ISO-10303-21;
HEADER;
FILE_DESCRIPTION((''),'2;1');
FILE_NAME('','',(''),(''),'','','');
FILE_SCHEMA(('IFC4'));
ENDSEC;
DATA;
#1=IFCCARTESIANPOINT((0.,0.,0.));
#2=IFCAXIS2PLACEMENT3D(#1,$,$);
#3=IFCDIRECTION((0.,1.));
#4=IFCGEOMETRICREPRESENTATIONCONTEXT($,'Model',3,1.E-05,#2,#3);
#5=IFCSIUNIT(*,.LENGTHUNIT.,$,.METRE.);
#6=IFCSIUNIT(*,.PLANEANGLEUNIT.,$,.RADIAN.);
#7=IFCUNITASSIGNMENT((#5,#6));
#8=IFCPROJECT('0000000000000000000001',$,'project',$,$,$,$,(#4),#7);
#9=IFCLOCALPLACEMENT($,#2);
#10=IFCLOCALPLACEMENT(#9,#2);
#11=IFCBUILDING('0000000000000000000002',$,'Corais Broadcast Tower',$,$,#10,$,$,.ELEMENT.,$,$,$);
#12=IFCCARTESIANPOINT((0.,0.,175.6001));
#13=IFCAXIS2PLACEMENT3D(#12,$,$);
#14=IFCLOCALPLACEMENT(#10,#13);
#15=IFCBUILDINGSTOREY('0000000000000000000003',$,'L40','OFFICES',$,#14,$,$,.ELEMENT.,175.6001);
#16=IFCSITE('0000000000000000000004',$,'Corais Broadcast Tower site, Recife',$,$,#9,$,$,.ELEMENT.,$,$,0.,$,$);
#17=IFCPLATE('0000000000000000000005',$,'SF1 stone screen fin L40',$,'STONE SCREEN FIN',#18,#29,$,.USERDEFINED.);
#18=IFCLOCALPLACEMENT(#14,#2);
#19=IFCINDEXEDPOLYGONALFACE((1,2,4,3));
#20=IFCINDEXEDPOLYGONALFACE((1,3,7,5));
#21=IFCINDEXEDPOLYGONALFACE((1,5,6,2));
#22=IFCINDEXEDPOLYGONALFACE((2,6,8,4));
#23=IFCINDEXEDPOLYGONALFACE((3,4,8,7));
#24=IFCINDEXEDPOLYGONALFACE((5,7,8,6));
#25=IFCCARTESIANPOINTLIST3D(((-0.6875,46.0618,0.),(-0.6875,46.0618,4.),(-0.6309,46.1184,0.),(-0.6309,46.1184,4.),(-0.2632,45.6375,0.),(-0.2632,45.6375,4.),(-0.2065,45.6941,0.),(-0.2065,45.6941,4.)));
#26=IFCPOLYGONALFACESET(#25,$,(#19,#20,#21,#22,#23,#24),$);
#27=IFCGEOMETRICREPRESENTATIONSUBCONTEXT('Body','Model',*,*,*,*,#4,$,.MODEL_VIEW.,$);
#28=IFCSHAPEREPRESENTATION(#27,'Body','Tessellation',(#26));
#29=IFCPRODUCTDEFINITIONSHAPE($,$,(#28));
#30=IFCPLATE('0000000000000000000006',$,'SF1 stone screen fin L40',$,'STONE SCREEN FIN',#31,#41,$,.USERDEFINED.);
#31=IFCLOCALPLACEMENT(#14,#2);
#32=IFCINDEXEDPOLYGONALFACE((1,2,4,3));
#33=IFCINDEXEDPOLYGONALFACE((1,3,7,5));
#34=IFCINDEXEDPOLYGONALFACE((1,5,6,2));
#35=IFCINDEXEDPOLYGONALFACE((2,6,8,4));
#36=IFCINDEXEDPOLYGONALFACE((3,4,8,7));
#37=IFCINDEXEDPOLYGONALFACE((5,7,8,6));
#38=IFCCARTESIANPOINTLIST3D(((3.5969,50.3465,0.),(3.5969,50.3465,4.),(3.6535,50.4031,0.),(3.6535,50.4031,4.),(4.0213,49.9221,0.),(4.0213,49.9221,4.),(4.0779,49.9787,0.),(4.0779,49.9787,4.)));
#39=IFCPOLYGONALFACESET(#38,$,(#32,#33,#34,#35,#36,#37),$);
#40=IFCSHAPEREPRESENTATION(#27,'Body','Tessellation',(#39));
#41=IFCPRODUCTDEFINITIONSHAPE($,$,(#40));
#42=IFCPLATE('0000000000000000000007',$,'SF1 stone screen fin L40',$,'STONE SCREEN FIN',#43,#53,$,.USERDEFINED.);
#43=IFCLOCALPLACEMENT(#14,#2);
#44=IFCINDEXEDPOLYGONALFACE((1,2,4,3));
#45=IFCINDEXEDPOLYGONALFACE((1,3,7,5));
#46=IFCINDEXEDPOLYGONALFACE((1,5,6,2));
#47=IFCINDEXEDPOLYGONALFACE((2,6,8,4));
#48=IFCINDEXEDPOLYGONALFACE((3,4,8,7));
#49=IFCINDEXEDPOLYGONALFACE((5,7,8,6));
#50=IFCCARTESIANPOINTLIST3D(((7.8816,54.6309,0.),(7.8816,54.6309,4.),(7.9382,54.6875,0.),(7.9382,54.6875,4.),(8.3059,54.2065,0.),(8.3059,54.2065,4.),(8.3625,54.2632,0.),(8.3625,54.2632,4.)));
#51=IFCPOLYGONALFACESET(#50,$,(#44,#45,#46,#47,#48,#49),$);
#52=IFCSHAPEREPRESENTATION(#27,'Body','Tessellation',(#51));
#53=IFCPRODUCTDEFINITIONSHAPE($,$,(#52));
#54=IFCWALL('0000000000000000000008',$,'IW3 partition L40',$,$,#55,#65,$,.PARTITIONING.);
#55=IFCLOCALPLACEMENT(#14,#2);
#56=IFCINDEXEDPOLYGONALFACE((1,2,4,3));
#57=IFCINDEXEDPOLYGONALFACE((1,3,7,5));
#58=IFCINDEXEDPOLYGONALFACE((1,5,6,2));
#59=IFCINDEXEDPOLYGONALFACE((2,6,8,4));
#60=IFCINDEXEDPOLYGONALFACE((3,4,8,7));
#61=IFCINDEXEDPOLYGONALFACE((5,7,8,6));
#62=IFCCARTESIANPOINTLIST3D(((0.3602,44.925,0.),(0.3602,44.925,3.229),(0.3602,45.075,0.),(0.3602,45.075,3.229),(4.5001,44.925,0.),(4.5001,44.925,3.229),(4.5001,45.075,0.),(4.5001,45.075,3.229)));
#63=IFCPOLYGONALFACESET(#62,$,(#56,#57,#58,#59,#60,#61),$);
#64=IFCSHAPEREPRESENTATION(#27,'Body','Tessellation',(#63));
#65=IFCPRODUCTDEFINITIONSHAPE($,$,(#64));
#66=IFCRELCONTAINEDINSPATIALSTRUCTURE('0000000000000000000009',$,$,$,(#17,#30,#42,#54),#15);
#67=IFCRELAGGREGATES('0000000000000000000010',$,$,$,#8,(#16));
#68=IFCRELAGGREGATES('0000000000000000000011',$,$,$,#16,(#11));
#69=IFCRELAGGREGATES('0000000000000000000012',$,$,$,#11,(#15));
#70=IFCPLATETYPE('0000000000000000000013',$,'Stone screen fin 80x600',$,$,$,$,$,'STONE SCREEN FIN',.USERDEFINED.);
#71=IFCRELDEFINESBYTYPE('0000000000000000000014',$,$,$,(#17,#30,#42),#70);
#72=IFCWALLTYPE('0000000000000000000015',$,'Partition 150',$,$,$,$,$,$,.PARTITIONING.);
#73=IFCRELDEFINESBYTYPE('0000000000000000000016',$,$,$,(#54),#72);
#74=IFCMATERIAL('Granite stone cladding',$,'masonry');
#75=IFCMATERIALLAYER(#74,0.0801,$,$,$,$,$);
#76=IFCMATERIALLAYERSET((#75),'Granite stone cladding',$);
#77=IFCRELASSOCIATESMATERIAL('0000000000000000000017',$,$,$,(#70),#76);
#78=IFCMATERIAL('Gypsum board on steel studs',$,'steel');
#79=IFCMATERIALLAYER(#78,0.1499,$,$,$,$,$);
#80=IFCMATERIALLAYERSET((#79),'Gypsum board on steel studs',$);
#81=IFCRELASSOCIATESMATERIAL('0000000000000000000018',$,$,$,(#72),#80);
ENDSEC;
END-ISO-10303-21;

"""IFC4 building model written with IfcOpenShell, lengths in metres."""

from ifc_helpers import new_model, si_unit, direction, frame, frame_2d, origin, origin_2d, place, context, subcontext, project, spatial, rectangle, extrude, material, layer, layer_set, type_object, element, save


model = new_model("IFC4")

# Units and contexts
model_context = context("Model", 3, precision=1e-05, world=origin(), true_north=direction((0.0, 1.0)))
body_context = subcontext(model_context, "Body", "Model", "MODEL_VIEW")
ifc_project = project(units=[si_unit("LENGTHUNIT", "METRE"), si_unit("PLANEANGLEUNIT", "RADIAN")], contexts=[model_context])

# Site, building, storey
site_placement = place(None, origin())
site = spatial("IfcSite", under=ifc_project, at=site_placement, Name="Corais Broadcast Tower site, Recife", CompositionType="ELEMENT", RefElevation=0.0)
building_placement = place(site_placement, origin())
building = spatial("IfcBuilding", under=site, at=building_placement, Name="Corais Broadcast Tower", CompositionType="ELEMENT")
storey_placement = place(building_placement, frame((0.0, 0.0, 175.6001)))
storey = spatial("IfcBuildingStorey", under=building, at=storey_placement, Name="L40", Description="OFFICES", CompositionType="ELEMENT", Elevation=175.6001)

# Plates
ifc_material_1 = material(Name="Granite stone cladding", Category="masonry")
ifc_layer_1 = layer(ifc_material_1, 0.0801)
ifc_layer_set_1 = layer_set([ifc_layer_1], Name="Granite stone cladding")
plate_type_1 = type_object("IfcPlateType", Name="Stone screen fin 80x600", ElementType="STONE SCREEN FIN", PredefinedType="USERDEFINED", material=ifc_layer_set_1)
for number, where, z_axis, x_axis, name in (
    (1, (-0.447, 45.8779, 0.0), (0.0, 0.0, 1.0), (0.707107, 0.707107, 0.0), "SF1 stone screen fin L40"),
    (2, (3.8374, 50.1626, 0.0), (0.0, 0.0, 1.0), (0.707107, 0.707107, 0.0), "SF1 stone screen fin L40"),
    (3, (8.1221, 54.447, 0.0), (0.0, 0.0, 1.0), (0.707107, 0.707107, 0.0), "SF1 stone screen fin L40"),
):
    element("IfcPlate", number, at=place(storey_placement, frame(where, z_axis=z_axis, x_axis=x_axis)), inside=storey, type_object=plate_type_1, Name=name, ObjectType="STONE SCREEN FIN", PredefinedType="USERDEFINED", context=body_context, shape_type="SweptSolid", body=[
        extrude(rectangle(XDim=0.0801, YDim=0.6001, at=origin_2d()), origin(), (0.0, 0.0, 1.0), 4.0),
    ])

# Wall
ifc_material_2 = material(Name="Gypsum board on steel studs", Category="steel")
ifc_layer_2 = layer(ifc_material_2, 0.1499)
ifc_layer_set_2 = layer_set([ifc_layer_2], Name="Gypsum board on steel studs")
wall_type = type_object("IfcWallType", Name="Partition 150", PredefinedType="PARTITIONING", material=ifc_layer_set_2)
wall_placement = place(storey_placement, frame((4.5, 45.0, 0.0), z_axis=(0.0, 0.0, 1.0), x_axis=(-1.0, 0.0, 0.0)))
element("IfcWall", 4, at=wall_placement, inside=storey, type_object=wall_type, Name="IW3 partition L40", PredefinedType="PARTITIONING", context=body_context, shape_type="SweptSolid", body=[
    extrude(rectangle(XDim=4.1399, YDim=0.1499, at=frame_2d((2.0698, 0.0))), origin(), (0.0, 0.0, 1.0), 3.229),
])

save(model, "model.ifc")
